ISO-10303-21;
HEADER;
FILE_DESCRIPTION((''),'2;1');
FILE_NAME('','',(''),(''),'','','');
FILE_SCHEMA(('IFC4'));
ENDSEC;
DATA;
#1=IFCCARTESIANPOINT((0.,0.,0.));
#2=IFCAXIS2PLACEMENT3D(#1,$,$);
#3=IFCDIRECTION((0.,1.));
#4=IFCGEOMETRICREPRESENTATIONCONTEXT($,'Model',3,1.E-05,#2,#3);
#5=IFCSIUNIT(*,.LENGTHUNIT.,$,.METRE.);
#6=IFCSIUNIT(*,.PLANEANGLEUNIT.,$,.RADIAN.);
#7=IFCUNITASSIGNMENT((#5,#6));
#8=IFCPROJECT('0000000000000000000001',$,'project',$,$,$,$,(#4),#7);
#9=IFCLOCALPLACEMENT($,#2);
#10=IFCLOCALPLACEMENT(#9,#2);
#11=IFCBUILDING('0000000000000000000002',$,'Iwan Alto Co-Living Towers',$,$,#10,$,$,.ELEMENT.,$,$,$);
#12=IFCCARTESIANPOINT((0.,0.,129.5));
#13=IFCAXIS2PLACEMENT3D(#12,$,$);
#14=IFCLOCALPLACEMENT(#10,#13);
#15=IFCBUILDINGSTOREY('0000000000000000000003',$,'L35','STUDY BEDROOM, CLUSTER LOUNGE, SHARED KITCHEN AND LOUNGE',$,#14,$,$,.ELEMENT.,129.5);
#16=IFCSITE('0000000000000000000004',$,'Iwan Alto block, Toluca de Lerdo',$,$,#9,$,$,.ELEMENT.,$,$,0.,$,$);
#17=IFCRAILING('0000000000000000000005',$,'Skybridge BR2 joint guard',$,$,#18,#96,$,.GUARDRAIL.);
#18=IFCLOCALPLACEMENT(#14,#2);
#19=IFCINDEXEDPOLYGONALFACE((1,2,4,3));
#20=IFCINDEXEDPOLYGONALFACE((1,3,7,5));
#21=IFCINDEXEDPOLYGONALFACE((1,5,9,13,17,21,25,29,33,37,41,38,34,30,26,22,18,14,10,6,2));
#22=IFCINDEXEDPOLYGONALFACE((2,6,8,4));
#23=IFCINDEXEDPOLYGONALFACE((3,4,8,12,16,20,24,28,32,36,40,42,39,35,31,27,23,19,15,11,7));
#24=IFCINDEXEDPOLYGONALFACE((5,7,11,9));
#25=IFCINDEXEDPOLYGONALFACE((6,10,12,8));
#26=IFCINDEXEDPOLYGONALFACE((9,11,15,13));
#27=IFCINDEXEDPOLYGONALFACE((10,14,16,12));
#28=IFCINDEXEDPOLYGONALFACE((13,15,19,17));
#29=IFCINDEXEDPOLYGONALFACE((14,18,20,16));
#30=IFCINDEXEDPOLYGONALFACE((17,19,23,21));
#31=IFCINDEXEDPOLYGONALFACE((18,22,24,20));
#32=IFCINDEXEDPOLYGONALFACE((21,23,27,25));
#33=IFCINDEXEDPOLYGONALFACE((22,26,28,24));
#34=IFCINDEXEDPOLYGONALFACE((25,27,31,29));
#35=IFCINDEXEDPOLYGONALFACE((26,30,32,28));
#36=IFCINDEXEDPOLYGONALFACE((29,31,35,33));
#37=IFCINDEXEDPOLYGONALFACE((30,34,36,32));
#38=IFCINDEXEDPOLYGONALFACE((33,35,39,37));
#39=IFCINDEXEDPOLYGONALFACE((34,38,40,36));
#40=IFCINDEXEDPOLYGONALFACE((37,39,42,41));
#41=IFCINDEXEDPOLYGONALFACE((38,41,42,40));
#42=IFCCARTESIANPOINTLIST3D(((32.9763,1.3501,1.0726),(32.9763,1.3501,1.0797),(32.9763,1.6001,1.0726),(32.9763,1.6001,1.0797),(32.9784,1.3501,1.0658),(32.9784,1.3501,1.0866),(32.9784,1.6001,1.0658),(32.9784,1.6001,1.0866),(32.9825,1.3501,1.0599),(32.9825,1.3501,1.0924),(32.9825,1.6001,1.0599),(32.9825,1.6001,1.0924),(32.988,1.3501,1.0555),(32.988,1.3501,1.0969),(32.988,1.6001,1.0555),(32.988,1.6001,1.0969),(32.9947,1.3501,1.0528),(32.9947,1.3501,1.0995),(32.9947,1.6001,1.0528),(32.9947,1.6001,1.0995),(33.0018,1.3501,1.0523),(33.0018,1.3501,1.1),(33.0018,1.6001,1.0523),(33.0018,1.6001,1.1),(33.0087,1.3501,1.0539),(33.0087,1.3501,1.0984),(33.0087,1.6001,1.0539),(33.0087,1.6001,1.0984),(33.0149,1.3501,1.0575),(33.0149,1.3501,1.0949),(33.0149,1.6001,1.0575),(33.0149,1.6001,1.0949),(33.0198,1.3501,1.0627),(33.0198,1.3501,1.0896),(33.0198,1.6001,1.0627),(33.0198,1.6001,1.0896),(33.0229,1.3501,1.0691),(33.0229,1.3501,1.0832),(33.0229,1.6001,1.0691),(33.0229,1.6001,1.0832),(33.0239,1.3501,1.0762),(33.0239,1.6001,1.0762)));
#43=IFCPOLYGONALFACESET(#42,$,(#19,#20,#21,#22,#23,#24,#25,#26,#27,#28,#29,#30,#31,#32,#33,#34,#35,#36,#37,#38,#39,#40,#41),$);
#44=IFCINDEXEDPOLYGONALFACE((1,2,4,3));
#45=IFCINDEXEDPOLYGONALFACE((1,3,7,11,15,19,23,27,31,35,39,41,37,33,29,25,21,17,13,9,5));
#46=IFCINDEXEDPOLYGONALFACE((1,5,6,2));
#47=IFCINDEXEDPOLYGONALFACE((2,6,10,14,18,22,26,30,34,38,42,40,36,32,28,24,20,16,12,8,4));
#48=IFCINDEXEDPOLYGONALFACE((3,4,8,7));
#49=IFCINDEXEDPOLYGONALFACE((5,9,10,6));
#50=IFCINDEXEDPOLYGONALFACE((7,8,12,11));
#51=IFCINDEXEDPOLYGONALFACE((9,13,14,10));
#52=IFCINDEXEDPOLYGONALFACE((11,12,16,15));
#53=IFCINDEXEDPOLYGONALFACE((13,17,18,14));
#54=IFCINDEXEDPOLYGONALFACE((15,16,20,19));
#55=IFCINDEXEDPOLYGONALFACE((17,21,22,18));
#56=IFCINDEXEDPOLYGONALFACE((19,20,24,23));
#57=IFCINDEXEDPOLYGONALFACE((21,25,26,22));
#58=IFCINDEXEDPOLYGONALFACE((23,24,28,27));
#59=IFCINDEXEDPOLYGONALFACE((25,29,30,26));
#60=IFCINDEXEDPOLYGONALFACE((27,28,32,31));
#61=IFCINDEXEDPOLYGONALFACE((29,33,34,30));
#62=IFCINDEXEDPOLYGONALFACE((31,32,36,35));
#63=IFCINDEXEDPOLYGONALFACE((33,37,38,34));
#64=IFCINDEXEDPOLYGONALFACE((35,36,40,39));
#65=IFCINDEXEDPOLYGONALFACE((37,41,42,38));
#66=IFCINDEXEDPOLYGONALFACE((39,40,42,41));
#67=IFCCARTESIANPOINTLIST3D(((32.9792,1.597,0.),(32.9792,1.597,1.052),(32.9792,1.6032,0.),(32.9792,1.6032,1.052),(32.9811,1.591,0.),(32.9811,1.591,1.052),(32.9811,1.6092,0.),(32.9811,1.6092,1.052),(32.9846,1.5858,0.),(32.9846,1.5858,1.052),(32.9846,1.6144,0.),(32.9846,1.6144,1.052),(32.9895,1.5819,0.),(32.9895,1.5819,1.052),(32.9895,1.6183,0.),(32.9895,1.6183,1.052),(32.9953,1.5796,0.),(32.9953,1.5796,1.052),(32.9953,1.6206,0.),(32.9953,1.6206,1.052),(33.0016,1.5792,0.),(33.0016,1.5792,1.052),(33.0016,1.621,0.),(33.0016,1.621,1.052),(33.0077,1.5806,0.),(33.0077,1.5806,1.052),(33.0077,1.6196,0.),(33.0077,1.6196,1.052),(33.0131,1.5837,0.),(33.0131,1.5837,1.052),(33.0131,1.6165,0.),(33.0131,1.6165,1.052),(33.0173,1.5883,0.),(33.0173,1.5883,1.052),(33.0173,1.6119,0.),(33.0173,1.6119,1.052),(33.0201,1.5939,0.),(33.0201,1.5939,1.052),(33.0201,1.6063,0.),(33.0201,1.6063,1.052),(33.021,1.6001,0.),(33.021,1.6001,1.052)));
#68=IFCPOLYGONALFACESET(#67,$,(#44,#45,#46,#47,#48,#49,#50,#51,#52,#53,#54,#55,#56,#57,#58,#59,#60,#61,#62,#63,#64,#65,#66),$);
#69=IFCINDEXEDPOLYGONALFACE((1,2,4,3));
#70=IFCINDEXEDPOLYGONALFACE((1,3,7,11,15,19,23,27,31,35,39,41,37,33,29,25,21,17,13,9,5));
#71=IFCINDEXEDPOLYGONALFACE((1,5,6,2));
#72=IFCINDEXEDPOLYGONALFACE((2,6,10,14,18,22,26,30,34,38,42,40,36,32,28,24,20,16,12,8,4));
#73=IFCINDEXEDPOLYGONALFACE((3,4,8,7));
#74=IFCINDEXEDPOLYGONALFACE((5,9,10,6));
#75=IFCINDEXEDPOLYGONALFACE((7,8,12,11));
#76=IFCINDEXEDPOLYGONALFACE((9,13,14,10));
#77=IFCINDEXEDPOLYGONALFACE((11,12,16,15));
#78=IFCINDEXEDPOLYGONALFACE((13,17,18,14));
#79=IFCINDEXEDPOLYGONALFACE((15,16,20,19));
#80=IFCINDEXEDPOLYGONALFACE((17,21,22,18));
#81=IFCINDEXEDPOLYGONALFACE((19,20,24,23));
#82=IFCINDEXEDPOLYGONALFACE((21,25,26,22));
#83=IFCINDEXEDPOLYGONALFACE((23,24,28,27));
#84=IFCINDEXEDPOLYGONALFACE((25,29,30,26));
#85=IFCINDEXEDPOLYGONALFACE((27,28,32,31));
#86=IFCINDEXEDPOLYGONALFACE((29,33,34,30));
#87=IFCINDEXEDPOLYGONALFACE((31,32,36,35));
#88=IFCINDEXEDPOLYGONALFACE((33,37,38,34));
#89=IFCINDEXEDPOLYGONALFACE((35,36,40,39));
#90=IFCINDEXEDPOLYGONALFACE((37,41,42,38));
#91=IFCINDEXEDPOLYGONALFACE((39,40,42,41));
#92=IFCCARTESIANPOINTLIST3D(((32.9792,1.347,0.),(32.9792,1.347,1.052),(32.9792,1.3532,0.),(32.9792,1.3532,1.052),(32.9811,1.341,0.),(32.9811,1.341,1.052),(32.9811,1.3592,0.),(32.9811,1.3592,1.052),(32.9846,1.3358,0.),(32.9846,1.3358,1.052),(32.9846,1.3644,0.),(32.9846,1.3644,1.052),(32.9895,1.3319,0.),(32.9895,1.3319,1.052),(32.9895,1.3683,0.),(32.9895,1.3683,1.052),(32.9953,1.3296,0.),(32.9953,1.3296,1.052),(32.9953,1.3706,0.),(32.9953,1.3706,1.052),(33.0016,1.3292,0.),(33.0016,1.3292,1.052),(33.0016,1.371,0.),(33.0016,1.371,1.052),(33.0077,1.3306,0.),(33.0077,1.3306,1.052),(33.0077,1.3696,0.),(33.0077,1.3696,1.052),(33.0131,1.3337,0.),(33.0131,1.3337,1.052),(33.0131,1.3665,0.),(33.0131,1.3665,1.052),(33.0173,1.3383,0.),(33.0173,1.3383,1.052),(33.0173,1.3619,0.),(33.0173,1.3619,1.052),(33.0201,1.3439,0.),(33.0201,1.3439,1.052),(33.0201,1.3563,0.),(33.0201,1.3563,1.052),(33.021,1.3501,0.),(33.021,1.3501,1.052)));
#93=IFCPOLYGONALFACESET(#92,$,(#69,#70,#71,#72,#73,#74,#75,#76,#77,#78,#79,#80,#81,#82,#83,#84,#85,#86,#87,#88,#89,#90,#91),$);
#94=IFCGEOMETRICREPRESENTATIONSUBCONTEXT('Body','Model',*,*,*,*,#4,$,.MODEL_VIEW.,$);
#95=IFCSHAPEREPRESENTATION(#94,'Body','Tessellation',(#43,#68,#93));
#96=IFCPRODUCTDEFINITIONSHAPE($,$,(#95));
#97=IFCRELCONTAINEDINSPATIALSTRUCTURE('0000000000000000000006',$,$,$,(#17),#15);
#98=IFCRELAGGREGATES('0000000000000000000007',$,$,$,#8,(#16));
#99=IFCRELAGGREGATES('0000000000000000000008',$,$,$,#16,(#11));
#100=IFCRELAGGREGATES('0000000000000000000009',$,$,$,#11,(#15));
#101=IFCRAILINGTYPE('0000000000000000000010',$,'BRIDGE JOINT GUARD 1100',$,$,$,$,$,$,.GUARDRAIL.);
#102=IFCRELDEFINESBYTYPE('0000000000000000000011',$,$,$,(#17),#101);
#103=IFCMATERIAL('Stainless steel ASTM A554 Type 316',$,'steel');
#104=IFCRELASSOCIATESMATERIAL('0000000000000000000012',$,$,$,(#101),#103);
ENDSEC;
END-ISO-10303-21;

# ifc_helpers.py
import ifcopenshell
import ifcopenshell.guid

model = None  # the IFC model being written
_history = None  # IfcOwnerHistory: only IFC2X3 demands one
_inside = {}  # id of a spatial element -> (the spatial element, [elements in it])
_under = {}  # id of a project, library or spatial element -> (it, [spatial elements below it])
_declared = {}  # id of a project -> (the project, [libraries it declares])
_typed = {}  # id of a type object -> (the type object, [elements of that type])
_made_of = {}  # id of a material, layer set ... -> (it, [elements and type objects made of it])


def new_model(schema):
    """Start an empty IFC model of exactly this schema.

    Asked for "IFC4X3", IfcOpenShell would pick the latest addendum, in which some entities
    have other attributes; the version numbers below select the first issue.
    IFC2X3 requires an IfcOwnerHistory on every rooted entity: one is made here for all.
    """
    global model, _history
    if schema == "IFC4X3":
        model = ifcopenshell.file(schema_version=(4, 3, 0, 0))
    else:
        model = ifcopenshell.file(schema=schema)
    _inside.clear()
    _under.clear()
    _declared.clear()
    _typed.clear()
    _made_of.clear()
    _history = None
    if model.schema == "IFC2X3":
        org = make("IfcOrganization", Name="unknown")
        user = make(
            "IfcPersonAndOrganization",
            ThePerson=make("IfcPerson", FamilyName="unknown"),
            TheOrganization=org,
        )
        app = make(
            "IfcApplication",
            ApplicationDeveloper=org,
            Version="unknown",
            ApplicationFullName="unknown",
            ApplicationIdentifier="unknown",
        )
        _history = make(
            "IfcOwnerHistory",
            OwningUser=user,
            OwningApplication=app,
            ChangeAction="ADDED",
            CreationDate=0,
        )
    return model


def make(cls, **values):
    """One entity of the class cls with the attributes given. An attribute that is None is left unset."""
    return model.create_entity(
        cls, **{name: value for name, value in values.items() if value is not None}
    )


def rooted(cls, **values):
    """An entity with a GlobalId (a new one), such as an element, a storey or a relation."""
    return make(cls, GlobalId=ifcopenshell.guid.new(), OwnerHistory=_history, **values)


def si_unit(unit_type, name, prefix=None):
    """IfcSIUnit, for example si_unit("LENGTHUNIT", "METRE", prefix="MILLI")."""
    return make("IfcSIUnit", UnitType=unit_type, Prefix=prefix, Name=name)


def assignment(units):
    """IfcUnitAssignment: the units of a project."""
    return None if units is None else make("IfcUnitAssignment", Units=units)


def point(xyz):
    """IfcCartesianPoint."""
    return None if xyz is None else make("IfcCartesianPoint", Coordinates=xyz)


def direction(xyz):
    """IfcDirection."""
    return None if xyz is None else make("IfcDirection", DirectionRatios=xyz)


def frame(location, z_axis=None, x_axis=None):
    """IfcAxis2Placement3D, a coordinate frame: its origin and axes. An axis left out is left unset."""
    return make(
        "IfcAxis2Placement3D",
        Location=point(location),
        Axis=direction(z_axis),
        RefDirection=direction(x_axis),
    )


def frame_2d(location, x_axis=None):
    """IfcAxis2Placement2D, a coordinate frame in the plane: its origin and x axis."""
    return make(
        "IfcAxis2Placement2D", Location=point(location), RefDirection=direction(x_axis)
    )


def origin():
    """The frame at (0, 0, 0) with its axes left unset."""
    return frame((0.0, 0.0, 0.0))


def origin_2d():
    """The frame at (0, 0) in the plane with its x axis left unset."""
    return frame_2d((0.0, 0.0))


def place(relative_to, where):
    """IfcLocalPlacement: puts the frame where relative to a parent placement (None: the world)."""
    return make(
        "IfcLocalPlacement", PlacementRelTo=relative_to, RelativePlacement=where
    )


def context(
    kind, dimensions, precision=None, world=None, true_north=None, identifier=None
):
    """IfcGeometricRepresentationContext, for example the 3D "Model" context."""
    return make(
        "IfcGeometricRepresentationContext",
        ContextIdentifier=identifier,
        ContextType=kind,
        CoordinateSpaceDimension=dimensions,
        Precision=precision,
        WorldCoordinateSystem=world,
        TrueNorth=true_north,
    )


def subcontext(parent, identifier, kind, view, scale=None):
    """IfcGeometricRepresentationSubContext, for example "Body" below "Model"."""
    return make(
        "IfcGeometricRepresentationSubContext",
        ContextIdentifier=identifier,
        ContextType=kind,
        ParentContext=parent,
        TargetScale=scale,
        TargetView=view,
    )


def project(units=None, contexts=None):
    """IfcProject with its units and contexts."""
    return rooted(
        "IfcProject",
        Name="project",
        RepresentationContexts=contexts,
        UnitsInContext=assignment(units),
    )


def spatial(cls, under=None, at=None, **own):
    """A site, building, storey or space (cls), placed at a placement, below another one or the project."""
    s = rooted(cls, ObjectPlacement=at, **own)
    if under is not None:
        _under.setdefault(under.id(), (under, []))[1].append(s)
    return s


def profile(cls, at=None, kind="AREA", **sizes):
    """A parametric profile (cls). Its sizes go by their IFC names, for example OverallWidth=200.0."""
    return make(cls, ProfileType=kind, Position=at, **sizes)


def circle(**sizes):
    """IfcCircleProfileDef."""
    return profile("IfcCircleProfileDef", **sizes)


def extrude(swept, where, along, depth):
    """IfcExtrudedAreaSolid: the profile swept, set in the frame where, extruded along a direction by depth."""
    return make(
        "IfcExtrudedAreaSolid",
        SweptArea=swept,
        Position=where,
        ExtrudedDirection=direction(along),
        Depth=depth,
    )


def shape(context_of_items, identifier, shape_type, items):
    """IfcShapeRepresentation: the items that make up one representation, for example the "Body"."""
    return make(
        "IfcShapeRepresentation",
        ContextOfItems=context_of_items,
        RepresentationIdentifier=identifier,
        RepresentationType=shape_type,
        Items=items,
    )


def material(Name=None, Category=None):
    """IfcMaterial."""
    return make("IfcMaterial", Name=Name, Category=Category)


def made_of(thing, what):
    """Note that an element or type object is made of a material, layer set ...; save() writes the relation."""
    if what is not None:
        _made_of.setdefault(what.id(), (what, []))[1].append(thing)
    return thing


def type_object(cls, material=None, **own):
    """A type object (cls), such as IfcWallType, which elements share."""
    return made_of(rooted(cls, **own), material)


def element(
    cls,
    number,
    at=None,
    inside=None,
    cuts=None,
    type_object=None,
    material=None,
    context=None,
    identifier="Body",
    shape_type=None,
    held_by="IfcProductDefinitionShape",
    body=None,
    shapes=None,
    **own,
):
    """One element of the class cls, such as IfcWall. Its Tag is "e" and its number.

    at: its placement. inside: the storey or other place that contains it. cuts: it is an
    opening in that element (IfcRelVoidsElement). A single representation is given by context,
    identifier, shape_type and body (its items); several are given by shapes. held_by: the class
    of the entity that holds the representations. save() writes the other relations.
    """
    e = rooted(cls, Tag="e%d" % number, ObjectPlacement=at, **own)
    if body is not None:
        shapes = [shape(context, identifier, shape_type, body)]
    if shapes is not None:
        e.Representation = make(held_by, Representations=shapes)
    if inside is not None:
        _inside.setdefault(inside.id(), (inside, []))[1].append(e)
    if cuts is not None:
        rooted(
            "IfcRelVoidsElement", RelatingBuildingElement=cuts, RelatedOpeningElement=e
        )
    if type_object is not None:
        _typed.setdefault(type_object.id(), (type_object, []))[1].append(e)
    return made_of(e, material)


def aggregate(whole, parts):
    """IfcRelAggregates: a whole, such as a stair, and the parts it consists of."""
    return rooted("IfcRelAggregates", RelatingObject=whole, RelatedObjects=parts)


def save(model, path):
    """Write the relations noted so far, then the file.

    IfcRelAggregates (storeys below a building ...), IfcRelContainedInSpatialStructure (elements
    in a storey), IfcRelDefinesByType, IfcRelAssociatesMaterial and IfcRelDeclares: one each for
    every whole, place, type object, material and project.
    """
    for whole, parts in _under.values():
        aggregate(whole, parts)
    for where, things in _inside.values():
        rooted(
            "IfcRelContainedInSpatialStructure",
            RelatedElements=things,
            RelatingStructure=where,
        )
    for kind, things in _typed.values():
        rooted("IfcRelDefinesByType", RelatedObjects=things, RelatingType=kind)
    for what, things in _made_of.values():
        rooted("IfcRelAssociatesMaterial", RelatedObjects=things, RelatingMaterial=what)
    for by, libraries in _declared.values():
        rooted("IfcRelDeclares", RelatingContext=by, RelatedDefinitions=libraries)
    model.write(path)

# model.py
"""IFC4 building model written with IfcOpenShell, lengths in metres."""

from ifc_helpers import new_model, si_unit, direction, frame, origin, origin_2d, place, context, subcontext, project, spatial, circle, extrude, material, type_object, element, save


model = new_model("IFC4")

# Units and contexts
model_context = context("Model", 3, precision=1e-05, world=origin(), true_north=direction((0.0, 1.0)))
body_context = subcontext(model_context, "Body", "Model", "MODEL_VIEW")
ifc_project = project(units=[si_unit("LENGTHUNIT", "METRE"), si_unit("PLANEANGLEUNIT", "RADIAN")], contexts=[model_context])

# Site, building, storey
site_placement = place(None, origin())
site = spatial("IfcSite", under=ifc_project, at=site_placement, Name="Iwan Alto block, Toluca de Lerdo", CompositionType="ELEMENT", RefElevation=0.0)
building_placement = place(site_placement, origin())
building = spatial("IfcBuilding", under=site, at=building_placement, Name="Iwan Alto Co-Living Towers", CompositionType="ELEMENT")
storey_placement = place(building_placement, frame((0.0, 0.0, 129.5)))
storey = spatial("IfcBuildingStorey", under=building, at=storey_placement, Name="L35", Description="STUDY BEDROOM, CLUSTER LOUNGE, SHARED KITCHEN AND LOUNGE", CompositionType="ELEMENT", Elevation=129.5)

# Railing
ifc_material_1 = material(Name="Stainless steel ASTM A554 Type 316", Category="steel")
railing_type_1 = type_object("IfcRailingType", Name="BRIDGE JOINT GUARD 1100", PredefinedType="GUARDRAIL", material=ifc_material_1)
railing_1_placement = place(storey_placement, frame((33.0, 1.6001, 0.0)))
element("IfcRailing", 1, at=railing_1_placement, inside=storey, type_object=railing_type_1, Name="Skybridge BR2 joint guard", PredefinedType="GUARDRAIL", context=body_context, shape_type="SweptSolid", body=[
    extrude(circle(Radius=0.0239, at=origin_2d()), frame((0.0, 0.0, 1.0762), z_axis=(0.0, -1.0, 0.0), x_axis=(1.0, 0.0, 0.0)), (0.0, 0.0, 1.0), 0.25),
    extrude(circle(Radius=0.021, at=origin_2d()), origin(), (0.0, 0.0, 1.0), 1.052),
    extrude(circle(Radius=0.021, at=origin_2d()), frame((0.0, -0.25, 0.0)), (0.0, 0.0, 1.0), 1.052),
])

save(model, "model.ifc")
